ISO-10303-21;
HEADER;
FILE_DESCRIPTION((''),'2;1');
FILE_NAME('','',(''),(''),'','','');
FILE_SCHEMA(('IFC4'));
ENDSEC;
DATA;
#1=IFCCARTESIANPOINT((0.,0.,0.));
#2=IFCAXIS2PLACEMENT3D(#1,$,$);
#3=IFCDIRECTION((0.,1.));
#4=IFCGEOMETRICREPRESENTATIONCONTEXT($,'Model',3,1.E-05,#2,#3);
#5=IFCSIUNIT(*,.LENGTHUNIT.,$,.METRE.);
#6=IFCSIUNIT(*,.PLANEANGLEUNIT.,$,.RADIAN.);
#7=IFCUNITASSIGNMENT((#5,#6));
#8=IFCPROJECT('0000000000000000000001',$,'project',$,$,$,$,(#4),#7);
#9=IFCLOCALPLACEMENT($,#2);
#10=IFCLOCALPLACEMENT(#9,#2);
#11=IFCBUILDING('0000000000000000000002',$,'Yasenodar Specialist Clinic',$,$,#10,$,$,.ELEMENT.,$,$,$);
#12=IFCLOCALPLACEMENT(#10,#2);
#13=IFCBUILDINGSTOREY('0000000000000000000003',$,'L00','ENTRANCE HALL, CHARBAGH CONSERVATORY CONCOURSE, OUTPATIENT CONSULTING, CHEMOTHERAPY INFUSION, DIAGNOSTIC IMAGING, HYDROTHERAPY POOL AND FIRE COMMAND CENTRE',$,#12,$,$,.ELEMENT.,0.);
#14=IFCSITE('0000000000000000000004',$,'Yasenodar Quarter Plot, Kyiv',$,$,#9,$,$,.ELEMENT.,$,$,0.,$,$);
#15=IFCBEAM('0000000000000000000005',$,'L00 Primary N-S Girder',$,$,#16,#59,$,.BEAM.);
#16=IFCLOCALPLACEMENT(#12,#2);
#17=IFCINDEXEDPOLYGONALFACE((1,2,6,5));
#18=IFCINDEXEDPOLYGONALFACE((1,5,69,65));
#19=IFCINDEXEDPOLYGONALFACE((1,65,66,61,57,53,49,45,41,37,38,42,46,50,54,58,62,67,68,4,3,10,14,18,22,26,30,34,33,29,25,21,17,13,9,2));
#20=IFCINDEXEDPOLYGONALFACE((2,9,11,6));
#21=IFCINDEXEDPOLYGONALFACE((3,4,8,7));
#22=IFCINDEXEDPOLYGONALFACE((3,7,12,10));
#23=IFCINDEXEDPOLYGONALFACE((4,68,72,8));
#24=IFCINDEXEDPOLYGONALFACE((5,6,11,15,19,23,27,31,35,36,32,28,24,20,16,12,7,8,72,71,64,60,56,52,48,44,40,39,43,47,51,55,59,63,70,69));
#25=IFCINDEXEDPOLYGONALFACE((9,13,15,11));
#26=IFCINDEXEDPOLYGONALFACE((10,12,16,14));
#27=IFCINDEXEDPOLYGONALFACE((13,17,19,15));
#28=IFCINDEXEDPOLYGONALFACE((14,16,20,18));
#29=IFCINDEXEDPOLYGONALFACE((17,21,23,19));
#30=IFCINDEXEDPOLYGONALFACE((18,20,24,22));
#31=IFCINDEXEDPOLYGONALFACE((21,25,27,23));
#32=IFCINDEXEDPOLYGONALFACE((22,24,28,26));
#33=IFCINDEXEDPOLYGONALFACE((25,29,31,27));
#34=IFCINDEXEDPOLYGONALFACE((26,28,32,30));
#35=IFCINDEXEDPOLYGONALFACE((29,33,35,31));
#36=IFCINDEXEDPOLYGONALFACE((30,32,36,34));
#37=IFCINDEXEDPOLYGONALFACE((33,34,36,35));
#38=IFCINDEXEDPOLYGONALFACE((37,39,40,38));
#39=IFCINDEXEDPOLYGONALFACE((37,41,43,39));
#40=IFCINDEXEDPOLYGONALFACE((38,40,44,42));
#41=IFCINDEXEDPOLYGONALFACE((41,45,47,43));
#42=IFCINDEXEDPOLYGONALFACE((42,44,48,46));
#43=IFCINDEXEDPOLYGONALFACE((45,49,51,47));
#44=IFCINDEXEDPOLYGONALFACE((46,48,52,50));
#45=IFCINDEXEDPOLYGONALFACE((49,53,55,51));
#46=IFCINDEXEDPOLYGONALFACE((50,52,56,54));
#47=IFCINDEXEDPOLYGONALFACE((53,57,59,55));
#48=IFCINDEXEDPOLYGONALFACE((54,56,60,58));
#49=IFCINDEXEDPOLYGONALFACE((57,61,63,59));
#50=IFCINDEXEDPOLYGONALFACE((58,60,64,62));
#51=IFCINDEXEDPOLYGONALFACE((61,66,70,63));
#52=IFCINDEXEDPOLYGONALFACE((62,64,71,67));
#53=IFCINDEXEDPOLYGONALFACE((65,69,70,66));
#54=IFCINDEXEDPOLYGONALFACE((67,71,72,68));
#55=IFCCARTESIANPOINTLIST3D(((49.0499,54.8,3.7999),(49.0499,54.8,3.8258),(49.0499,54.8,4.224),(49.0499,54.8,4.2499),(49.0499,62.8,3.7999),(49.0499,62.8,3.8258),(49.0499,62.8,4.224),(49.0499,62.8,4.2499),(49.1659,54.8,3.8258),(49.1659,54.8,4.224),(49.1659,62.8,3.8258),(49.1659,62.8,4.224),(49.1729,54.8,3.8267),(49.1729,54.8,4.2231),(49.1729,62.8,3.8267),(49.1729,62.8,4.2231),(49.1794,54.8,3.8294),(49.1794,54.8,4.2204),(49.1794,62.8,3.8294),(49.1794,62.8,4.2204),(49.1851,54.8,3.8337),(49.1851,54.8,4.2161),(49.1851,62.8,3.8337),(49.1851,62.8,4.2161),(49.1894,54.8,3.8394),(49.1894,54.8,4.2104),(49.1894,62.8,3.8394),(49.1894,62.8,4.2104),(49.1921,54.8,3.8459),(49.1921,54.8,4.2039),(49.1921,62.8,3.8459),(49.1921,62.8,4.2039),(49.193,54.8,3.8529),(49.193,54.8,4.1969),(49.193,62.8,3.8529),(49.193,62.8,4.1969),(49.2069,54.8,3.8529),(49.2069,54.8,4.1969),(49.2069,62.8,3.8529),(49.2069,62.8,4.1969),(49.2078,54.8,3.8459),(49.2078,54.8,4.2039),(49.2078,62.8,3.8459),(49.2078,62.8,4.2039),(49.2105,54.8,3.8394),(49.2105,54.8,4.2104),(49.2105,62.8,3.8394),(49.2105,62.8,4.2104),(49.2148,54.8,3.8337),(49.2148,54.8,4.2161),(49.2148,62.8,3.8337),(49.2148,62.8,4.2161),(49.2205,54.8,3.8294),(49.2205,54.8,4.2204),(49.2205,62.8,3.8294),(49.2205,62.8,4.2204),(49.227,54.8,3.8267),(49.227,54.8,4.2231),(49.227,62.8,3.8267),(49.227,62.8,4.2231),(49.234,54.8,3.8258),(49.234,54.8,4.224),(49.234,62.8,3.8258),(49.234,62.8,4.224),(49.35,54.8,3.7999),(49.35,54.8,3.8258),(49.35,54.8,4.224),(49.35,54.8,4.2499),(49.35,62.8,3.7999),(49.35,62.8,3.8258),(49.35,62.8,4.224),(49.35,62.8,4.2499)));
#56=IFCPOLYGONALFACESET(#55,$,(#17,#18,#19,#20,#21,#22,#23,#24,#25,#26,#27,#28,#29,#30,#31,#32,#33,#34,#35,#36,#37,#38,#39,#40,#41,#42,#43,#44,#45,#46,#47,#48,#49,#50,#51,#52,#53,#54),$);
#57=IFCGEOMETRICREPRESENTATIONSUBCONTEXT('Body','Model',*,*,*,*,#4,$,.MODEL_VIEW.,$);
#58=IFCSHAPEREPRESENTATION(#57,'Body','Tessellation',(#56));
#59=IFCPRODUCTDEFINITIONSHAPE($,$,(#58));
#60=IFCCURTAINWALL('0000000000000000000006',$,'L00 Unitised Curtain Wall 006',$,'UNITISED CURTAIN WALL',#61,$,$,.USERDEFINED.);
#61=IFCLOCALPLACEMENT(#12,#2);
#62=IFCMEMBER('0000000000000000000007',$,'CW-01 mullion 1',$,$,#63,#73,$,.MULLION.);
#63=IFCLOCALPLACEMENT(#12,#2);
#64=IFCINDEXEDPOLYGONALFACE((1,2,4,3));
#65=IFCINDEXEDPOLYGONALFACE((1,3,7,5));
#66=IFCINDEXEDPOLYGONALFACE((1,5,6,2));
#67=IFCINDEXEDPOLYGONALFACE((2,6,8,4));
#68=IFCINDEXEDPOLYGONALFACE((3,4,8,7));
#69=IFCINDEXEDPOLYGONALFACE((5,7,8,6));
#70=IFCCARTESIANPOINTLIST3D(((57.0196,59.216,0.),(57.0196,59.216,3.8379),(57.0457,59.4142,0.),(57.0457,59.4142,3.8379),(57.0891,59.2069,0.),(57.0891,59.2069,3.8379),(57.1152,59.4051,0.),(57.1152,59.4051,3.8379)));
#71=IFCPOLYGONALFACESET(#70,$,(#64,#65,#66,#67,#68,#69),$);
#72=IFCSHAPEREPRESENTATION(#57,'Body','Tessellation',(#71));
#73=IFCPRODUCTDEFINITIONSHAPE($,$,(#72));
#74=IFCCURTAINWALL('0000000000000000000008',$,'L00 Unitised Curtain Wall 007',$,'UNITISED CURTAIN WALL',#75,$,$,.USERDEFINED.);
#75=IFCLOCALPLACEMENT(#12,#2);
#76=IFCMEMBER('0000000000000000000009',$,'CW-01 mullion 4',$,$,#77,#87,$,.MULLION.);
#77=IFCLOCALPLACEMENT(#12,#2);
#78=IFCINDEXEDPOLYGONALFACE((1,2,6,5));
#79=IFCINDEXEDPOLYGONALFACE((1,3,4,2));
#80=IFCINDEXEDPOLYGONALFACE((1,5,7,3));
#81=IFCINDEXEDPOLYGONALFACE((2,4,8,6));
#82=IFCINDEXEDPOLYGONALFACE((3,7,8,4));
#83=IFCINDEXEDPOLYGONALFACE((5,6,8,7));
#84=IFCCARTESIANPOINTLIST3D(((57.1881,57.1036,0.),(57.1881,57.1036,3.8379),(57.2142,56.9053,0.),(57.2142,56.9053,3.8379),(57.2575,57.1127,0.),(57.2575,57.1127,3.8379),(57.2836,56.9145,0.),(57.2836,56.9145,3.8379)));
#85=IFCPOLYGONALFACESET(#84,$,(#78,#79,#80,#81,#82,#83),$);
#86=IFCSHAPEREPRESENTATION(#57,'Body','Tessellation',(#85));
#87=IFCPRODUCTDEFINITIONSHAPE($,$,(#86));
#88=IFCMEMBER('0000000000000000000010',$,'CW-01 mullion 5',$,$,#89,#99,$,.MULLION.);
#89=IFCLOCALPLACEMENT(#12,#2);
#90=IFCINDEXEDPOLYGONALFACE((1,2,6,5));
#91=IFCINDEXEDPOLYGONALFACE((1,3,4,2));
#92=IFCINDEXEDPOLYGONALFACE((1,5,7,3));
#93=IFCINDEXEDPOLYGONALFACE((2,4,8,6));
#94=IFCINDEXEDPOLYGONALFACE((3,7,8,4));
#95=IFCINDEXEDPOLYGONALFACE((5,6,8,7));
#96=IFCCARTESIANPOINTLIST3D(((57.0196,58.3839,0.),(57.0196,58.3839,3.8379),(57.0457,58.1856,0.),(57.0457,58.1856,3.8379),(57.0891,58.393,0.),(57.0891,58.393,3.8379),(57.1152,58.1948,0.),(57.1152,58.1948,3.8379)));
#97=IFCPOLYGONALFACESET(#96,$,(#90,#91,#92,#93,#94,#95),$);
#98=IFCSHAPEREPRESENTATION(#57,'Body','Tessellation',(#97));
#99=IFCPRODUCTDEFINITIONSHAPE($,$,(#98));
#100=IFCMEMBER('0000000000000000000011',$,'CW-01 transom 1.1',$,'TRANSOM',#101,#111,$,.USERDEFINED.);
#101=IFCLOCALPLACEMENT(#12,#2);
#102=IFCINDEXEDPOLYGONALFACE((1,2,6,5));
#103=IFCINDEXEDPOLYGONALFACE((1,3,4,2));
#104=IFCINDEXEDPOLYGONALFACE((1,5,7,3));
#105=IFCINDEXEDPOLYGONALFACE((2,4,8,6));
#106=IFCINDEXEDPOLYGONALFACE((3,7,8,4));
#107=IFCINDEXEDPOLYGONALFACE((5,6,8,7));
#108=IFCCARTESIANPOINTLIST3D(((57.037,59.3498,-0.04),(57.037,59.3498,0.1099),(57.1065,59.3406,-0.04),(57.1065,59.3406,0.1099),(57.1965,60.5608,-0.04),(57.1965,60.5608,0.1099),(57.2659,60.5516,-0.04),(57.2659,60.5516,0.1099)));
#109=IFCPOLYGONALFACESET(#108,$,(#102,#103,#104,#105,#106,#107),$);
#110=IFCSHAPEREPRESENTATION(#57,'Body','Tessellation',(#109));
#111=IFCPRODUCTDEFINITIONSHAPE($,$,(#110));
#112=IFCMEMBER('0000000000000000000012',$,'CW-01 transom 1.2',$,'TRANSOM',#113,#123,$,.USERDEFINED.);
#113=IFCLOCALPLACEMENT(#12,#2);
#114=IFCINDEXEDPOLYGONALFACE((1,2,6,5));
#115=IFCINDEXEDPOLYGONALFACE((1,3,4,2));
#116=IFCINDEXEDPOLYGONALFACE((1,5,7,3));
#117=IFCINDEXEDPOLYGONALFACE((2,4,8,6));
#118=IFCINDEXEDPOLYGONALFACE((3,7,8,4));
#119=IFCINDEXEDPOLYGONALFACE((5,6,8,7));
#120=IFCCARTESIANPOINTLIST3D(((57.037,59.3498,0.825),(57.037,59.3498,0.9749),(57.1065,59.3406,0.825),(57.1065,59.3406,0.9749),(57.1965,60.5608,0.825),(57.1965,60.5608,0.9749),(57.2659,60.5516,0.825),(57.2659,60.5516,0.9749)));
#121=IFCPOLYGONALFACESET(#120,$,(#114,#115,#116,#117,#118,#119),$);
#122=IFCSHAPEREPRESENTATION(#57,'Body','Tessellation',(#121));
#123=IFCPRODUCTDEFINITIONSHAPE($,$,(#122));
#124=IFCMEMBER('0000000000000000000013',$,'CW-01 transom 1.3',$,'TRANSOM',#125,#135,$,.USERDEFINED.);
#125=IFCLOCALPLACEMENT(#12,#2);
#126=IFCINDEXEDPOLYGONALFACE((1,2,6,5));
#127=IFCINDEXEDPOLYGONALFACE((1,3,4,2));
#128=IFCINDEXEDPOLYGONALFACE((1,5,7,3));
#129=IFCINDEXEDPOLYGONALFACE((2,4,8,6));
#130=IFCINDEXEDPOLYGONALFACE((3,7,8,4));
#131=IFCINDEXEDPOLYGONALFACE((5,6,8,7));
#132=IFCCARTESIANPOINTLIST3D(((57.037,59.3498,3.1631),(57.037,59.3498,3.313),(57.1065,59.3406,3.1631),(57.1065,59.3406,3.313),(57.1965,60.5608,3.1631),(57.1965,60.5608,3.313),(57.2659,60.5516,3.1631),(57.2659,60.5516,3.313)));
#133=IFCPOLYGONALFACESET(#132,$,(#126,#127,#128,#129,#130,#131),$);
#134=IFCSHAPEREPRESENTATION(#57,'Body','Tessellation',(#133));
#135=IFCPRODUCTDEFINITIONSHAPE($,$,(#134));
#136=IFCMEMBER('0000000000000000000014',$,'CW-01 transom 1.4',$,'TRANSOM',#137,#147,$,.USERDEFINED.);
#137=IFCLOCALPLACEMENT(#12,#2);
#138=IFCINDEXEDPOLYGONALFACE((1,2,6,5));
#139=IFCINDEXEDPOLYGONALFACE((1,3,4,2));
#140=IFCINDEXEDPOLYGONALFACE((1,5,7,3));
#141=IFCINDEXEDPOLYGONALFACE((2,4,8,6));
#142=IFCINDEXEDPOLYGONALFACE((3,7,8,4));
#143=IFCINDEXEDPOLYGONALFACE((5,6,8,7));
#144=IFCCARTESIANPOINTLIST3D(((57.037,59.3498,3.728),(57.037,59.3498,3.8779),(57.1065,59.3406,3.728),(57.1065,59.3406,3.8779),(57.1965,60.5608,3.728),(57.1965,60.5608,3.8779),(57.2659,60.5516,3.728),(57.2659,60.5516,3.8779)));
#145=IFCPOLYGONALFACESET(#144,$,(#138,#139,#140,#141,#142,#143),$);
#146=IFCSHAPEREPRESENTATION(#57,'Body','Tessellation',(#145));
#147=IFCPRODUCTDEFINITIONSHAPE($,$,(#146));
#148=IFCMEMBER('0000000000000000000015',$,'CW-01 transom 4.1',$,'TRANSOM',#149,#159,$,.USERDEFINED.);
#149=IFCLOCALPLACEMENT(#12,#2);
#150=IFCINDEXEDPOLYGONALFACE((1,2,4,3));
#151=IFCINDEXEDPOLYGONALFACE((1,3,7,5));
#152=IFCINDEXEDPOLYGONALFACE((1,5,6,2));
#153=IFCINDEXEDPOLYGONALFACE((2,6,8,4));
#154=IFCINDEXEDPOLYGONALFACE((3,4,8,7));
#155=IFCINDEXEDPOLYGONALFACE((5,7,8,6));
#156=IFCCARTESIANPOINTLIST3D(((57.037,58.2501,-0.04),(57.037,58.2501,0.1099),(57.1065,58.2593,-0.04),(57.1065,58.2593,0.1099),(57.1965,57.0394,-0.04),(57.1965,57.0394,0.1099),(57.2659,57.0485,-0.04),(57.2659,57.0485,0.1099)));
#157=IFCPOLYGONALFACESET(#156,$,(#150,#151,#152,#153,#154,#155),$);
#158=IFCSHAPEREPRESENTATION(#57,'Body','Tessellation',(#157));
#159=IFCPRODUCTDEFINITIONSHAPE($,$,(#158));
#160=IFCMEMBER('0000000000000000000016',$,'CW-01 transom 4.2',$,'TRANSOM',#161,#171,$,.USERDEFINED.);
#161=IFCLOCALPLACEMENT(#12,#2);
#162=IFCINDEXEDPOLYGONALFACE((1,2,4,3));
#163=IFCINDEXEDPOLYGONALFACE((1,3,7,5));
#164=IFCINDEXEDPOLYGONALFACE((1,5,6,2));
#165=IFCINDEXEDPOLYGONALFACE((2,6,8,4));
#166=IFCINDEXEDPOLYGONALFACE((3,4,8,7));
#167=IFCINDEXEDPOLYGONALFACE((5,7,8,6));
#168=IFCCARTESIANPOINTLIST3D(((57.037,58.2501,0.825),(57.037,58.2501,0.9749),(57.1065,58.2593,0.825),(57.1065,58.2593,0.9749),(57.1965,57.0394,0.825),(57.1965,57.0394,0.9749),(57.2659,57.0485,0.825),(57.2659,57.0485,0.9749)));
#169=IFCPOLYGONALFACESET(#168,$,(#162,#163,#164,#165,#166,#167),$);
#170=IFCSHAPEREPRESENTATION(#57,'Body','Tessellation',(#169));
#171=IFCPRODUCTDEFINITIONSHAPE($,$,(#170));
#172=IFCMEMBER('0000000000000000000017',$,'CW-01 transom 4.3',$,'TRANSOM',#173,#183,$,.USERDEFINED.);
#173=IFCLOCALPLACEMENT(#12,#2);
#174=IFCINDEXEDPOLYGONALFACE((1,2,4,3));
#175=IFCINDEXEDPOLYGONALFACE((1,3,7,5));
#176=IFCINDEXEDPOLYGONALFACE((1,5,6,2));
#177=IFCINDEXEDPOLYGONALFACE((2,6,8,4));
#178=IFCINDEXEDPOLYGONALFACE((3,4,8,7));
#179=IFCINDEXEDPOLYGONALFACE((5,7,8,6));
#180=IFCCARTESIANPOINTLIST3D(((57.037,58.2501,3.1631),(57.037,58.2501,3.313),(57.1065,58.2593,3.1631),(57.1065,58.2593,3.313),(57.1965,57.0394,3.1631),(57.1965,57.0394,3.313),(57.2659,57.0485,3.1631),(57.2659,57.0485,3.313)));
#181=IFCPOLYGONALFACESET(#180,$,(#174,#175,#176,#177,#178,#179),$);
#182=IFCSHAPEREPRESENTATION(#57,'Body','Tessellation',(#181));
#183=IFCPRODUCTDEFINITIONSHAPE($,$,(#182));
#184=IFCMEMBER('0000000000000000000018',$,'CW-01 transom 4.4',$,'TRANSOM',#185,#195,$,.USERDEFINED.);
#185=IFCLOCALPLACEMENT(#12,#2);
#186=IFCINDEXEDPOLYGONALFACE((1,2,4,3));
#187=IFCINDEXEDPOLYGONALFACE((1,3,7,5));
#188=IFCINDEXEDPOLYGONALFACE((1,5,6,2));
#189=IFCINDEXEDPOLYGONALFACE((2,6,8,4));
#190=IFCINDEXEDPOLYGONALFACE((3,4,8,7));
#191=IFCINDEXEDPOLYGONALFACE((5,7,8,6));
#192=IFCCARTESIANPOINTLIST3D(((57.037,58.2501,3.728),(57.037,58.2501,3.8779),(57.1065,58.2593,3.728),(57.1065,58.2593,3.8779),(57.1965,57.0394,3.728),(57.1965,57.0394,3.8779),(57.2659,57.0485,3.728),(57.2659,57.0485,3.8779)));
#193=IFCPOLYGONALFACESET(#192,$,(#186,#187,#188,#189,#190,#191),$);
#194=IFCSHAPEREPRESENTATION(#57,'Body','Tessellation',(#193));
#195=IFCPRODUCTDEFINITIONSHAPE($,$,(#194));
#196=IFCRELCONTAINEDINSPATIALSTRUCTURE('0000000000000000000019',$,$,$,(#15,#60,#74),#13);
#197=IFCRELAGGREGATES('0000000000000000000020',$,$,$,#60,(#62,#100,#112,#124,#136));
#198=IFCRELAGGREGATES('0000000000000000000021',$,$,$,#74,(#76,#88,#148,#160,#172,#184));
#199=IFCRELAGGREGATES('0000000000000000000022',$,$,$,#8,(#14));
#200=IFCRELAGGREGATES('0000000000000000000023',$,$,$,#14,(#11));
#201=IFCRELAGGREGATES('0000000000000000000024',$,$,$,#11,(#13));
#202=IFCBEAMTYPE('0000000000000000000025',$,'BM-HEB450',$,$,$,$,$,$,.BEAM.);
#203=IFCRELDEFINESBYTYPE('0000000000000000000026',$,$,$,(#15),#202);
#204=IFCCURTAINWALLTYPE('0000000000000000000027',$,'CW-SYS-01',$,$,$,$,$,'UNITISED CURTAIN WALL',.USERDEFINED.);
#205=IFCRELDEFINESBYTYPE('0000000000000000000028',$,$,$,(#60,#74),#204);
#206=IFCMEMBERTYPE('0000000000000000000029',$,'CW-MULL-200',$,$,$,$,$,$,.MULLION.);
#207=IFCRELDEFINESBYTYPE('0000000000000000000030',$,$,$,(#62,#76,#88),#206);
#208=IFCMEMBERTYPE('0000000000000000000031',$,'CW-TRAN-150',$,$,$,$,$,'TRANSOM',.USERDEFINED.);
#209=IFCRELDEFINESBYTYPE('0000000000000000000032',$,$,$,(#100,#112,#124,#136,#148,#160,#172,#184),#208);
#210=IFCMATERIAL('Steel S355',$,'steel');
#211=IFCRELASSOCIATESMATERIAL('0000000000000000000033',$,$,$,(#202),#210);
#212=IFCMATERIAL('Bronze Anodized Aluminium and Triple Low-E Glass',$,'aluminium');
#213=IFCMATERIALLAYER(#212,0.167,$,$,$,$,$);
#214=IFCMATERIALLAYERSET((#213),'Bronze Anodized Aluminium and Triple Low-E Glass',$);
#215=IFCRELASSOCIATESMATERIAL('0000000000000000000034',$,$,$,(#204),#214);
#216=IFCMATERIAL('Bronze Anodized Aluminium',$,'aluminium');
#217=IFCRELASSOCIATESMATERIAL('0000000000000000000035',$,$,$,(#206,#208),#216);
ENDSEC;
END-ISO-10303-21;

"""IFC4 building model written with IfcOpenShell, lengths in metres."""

from ifc_helpers import new_model, si_unit, direction, frame, origin, origin_2d, place, context, subcontext, project, spatial, rectangle, i_section, extrude, material, layer, layer_set, material_profile, profile_set, type_object, element, aggregate, save


model = new_model("IFC4")

# Units and contexts
model_context = context("Model", 3, precision=1e-05, world=origin(), true_north=direction((0.0, 1.0)))
body_context = subcontext(model_context, "Body", "Model", "MODEL_VIEW")
ifc_project = project(units=[si_unit("LENGTHUNIT", "METRE"), si_unit("PLANEANGLEUNIT", "RADIAN")], contexts=[model_context])

# Site, building, storey
site_placement = place(None, origin())
site = spatial("IfcSite", under=ifc_project, at=site_placement, Name="Yasenodar Quarter Plot, Kyiv", CompositionType="ELEMENT", RefElevation=0.0)
building_placement = place(site_placement, origin())
building = spatial("IfcBuilding", under=site, at=building_placement, Name="Yasenodar Specialist Clinic", CompositionType="ELEMENT")
storey_placement = place(building_placement, origin())
storey = spatial("IfcBuildingStorey", under=building, at=storey_placement, Name="L00", Description="ENTRANCE HALL, CHARBAGH CONSERVATORY CONCOURSE, OUTPATIENT CONSULTING, CHEMOTHERAPY INFUSION, DIAGNOSTIC IMAGING, HYDROTHERAPY POOL AND FIRE COMMAND CENTRE", CompositionType="ELEMENT", Elevation=0.0)

# Shared definitions
ifc_material_1 = material(Name="Steel S355", Category="steel")

# Beam
ifc_material_profile_1 = material_profile(ifc_material_1, i_section(OverallWidth=0.3, OverallDepth=0.45, WebThickness=0.0139, FlangeThickness=0.0259, FilletRadius=0.0271, at=origin_2d()), Name="HEB 450")
ifc_profile_set_1 = profile_set([ifc_material_profile_1], Name="Steel S355")
beam_type_1 = type_object("IfcBeamType", Name="BM-HEB450", PredefinedType="BEAM", material=ifc_profile_set_1)
beam_1_placement = place(storey_placement, frame((49.2, 54.8, 4.0249), z_axis=(0.0, 1.0, 0.0), x_axis=(-1.0, 0.0, 0.0)))
element("IfcBeam", 1, at=beam_1_placement, inside=storey, type_object=beam_type_1, Name="L00 Primary N-S Girder", PredefinedType="BEAM", context=body_context, shape_type="SweptSolid", body=[
    extrude(i_section(OverallWidth=0.3, OverallDepth=0.45, WebThickness=0.0139, FlangeThickness=0.0259, FilletRadius=0.0271, at=origin_2d()), origin(), (0.0, 0.0, 1.0), 8.0),
])

# Curtain wall, member
ifc_material_2 = material(Name="Bronze Anodized Aluminium and Triple Low-E Glass", Category="aluminium")
ifc_layer_1 = layer(ifc_material_2, 0.167)
ifc_layer_set_1 = layer_set([ifc_layer_1], Name="Bronze Anodized Aluminium and Triple Low-E Glass")
curtain_wall_type = type_object("IfcCurtainWallType", Name="CW-SYS-01", ElementType="UNITISED CURTAIN WALL", PredefinedType="USERDEFINED", material=ifc_layer_set_1)
curtain_wall_1_placement = place(storey_placement, origin())
curtain_wall_1 = element("IfcCurtainWall", 2, at=curtain_wall_1_placement, inside=storey, type_object=curtain_wall_type, Name="L00 Unitised Curtain Wall 006", ObjectType="UNITISED CURTAIN WALL", PredefinedType="USERDEFINED")
ifc_material_3 = material(Name="Bronze Anodized Aluminium", Category="aluminium")
ifc_material_profile_2 = material_profile(ifc_material_3, rectangle(XDim=0.0701, YDim=0.2, at=origin_2d()), Name="CW-MULL 70x200")
ifc_profile_set_2 = profile_set([ifc_material_profile_2], Name="Bronze Anodized Aluminium")
member_type_1 = type_object("IfcMemberType", Name="CW-MULL-200", PredefinedType="MULLION", material=ifc_profile_set_2)
member_1_placement = place(storey_placement, frame((57.0674, 59.3105, 0.0), z_axis=(0.0, 0.0, 1.0), x_axis=(-0.991447, 0.130512, 0.0)))
member_1 = element("IfcMember", 3, at=member_1_placement, type_object=member_type_1, Name="CW-01 mullion 1", PredefinedType="MULLION", context=body_context, shape_type="SweptSolid", body=[
    extrude(rectangle(XDim=0.0701, YDim=0.2, at=origin_2d()), origin(), (0.0, 0.0, 1.0), 3.8379),
])

# Curtain wall, members
curtain_wall_2_placement = place(storey_placement, origin())
curtain_wall_2 = element("IfcCurtainWall", 4, at=curtain_wall_2_placement, inside=storey, type_object=curtain_wall_type, Name="L00 Unitised Curtain Wall 007", ObjectType="UNITISED CURTAIN WALL", PredefinedType="USERDEFINED")
member_2_placement = place(storey_placement, frame((57.2358, 57.009, 0.0), z_axis=(0.0, 0.0, 1.0), x_axis=(-0.991447, -0.130512, 0.0)))
member_2 = element("IfcMember", 5, at=member_2_placement, type_object=member_type_1, Name="CW-01 mullion 4", PredefinedType="MULLION", context=body_context, shape_type="SweptSolid", body=[
    extrude(rectangle(XDim=0.0701, YDim=0.2, at=origin_2d()), origin(), (0.0, 0.0, 1.0), 3.8379),
])
member_3_placement = place(storey_placement, frame((57.0674, 58.2893, 0.0), z_axis=(0.0, 0.0, 1.0), x_axis=(-0.991447, -0.130512, 0.0)))
member_3 = element("IfcMember", 6, at=member_3_placement, type_object=member_type_1, Name="CW-01 mullion 5", PredefinedType="MULLION", context=body_context, shape_type="SweptSolid", body=[
    extrude(rectangle(XDim=0.0701, YDim=0.2, at=origin_2d()), origin(), (0.0, 0.0, 1.0), 3.8379),
])

# Members
ifc_material_profile_3 = material_profile(ifc_material_3, rectangle(XDim=0.0701, YDim=0.1499, at=origin_2d()), Name="CW-TRAN 70x150")
ifc_profile_set_3 = profile_set([ifc_material_profile_3], Name="Bronze Anodized Aluminium")
member_type_2 = type_object("IfcMemberType", Name="CW-TRAN-150", ElementType="TRANSOM", PredefinedType="USERDEFINED", material=ifc_profile_set_3)
member_4_placement = place(storey_placement, frame((57.0718, 59.3452, 0.0349), z_axis=(0.130527, 0.991445, 0.0), x_axis=(-0.991445, 0.130527, 0.0)))
member_4 = element("IfcMember", 7, at=member_4_placement, type_object=member_type_2, Name="CW-01 transom 1.1", ObjectType="TRANSOM", PredefinedType="USERDEFINED", context=body_context, shape_type="SweptSolid", body=[
    extrude(rectangle(XDim=0.0701, YDim=0.1499, at=origin_2d()), origin(), (0.0, 0.0, 1.0), 1.2214),
])
member_5_placement = place(storey_placement, frame((57.0718, 59.3452, 0.8999), z_axis=(0.130527, 0.991445, 0.0), x_axis=(-0.991445, 0.130527, 0.0)))
member_5 = element("IfcMember", 8, at=member_5_placement, type_object=member_type_2, Name="CW-01 transom 1.2", ObjectType="TRANSOM", PredefinedType="USERDEFINED", context=body_context, shape_type="SweptSolid", body=[
    extrude(rectangle(XDim=0.0701, YDim=0.1499, at=origin_2d()), origin(), (0.0, 0.0, 1.0), 1.2214),
])
member_6_placement = place(storey_placement, frame((57.0718, 59.3452, 3.238), z_axis=(0.130527, 0.991445, 0.0), x_axis=(-0.991445, 0.130527, 0.0)))
member_6 = element("IfcMember", 9, at=member_6_placement, type_object=member_type_2, Name="CW-01 transom 1.3", ObjectType="TRANSOM", PredefinedType="USERDEFINED", context=body_context, shape_type="SweptSolid", body=[
    extrude(rectangle(XDim=0.0701, YDim=0.1499, at=origin_2d()), origin(), (0.0, 0.0, 1.0), 1.2214),
])
member_7_placement = place(storey_placement, frame((57.0718, 59.3452, 3.803), z_axis=(0.130527, 0.991445, 0.0), x_axis=(-0.991445, 0.130527, 0.0)))
member_7 = element("IfcMember", 10, at=member_7_placement, type_object=member_type_2, Name="CW-01 transom 1.4", ObjectType="TRANSOM", PredefinedType="USERDEFINED", context=body_context, shape_type="SweptSolid", body=[
    extrude(rectangle(XDim=0.0701, YDim=0.1499, at=origin_2d()), origin(), (0.0, 0.0, 1.0), 1.2214),
])
member_8_placement = place(storey_placement, frame((57.2312, 57.0439, 0.0349), z_axis=(-0.130553, 0.991441, 0.0), x_axis=(-0.991441, -0.130553, 0.0)))
member_8 = element("IfcMember", 11, at=member_8_placement, type_object=member_type_2, Name="CW-01 transom 4.1", ObjectType="TRANSOM", PredefinedType="USERDEFINED", context=body_context, shape_type="SweptSolid", body=[
    extrude(rectangle(XDim=0.0701, YDim=0.1499, at=origin_2d()), origin(), (0.0, 0.0, 1.0), 1.2212),
])
member_9_placement = place(storey_placement, frame((57.2312, 57.0439, 0.8999), z_axis=(-0.130553, 0.991441, 0.0), x_axis=(-0.991441, -0.130553, 0.0)))
member_9 = element("IfcMember", 12, at=member_9_placement, type_object=member_type_2, Name="CW-01 transom 4.2", ObjectType="TRANSOM", PredefinedType="USERDEFINED", context=body_context, shape_type="SweptSolid", body=[
    extrude(rectangle(XDim=0.0701, YDim=0.1499, at=origin_2d()), origin(), (0.0, 0.0, 1.0), 1.2212),
])
member_10_placement = place(storey_placement, frame((57.2312, 57.0439, 3.238), z_axis=(-0.130553, 0.991441, 0.0), x_axis=(-0.991441, -0.130553, 0.0)))
member_10 = element("IfcMember", 13, at=member_10_placement, type_object=member_type_2, Name="CW-01 transom 4.3", ObjectType="TRANSOM", PredefinedType="USERDEFINED", context=body_context, shape_type="SweptSolid", body=[
    extrude(rectangle(XDim=0.0701, YDim=0.1499, at=origin_2d()), origin(), (0.0, 0.0, 1.0), 1.2212),
])
member_11_placement = place(storey_placement, frame((57.2312, 57.0439, 3.803), z_axis=(-0.130553, 0.991441, 0.0), x_axis=(-0.991441, -0.130553, 0.0)))
member_11 = element("IfcMember", 14, at=member_11_placement, type_object=member_type_2, Name="CW-01 transom 4.4", ObjectType="TRANSOM", PredefinedType="USERDEFINED", context=body_context, shape_type="SweptSolid", body=[
    extrude(rectangle(XDim=0.0701, YDim=0.1499, at=origin_2d()), origin(), (0.0, 0.0, 1.0), 1.2212),
])

aggregate(curtain_wall_1, [member_1, member_4, member_5, member_6, member_7])
aggregate(curtain_wall_2, [member_2, member_3, member_8, member_9, member_10, member_11])

save(model, "model.ifc")
